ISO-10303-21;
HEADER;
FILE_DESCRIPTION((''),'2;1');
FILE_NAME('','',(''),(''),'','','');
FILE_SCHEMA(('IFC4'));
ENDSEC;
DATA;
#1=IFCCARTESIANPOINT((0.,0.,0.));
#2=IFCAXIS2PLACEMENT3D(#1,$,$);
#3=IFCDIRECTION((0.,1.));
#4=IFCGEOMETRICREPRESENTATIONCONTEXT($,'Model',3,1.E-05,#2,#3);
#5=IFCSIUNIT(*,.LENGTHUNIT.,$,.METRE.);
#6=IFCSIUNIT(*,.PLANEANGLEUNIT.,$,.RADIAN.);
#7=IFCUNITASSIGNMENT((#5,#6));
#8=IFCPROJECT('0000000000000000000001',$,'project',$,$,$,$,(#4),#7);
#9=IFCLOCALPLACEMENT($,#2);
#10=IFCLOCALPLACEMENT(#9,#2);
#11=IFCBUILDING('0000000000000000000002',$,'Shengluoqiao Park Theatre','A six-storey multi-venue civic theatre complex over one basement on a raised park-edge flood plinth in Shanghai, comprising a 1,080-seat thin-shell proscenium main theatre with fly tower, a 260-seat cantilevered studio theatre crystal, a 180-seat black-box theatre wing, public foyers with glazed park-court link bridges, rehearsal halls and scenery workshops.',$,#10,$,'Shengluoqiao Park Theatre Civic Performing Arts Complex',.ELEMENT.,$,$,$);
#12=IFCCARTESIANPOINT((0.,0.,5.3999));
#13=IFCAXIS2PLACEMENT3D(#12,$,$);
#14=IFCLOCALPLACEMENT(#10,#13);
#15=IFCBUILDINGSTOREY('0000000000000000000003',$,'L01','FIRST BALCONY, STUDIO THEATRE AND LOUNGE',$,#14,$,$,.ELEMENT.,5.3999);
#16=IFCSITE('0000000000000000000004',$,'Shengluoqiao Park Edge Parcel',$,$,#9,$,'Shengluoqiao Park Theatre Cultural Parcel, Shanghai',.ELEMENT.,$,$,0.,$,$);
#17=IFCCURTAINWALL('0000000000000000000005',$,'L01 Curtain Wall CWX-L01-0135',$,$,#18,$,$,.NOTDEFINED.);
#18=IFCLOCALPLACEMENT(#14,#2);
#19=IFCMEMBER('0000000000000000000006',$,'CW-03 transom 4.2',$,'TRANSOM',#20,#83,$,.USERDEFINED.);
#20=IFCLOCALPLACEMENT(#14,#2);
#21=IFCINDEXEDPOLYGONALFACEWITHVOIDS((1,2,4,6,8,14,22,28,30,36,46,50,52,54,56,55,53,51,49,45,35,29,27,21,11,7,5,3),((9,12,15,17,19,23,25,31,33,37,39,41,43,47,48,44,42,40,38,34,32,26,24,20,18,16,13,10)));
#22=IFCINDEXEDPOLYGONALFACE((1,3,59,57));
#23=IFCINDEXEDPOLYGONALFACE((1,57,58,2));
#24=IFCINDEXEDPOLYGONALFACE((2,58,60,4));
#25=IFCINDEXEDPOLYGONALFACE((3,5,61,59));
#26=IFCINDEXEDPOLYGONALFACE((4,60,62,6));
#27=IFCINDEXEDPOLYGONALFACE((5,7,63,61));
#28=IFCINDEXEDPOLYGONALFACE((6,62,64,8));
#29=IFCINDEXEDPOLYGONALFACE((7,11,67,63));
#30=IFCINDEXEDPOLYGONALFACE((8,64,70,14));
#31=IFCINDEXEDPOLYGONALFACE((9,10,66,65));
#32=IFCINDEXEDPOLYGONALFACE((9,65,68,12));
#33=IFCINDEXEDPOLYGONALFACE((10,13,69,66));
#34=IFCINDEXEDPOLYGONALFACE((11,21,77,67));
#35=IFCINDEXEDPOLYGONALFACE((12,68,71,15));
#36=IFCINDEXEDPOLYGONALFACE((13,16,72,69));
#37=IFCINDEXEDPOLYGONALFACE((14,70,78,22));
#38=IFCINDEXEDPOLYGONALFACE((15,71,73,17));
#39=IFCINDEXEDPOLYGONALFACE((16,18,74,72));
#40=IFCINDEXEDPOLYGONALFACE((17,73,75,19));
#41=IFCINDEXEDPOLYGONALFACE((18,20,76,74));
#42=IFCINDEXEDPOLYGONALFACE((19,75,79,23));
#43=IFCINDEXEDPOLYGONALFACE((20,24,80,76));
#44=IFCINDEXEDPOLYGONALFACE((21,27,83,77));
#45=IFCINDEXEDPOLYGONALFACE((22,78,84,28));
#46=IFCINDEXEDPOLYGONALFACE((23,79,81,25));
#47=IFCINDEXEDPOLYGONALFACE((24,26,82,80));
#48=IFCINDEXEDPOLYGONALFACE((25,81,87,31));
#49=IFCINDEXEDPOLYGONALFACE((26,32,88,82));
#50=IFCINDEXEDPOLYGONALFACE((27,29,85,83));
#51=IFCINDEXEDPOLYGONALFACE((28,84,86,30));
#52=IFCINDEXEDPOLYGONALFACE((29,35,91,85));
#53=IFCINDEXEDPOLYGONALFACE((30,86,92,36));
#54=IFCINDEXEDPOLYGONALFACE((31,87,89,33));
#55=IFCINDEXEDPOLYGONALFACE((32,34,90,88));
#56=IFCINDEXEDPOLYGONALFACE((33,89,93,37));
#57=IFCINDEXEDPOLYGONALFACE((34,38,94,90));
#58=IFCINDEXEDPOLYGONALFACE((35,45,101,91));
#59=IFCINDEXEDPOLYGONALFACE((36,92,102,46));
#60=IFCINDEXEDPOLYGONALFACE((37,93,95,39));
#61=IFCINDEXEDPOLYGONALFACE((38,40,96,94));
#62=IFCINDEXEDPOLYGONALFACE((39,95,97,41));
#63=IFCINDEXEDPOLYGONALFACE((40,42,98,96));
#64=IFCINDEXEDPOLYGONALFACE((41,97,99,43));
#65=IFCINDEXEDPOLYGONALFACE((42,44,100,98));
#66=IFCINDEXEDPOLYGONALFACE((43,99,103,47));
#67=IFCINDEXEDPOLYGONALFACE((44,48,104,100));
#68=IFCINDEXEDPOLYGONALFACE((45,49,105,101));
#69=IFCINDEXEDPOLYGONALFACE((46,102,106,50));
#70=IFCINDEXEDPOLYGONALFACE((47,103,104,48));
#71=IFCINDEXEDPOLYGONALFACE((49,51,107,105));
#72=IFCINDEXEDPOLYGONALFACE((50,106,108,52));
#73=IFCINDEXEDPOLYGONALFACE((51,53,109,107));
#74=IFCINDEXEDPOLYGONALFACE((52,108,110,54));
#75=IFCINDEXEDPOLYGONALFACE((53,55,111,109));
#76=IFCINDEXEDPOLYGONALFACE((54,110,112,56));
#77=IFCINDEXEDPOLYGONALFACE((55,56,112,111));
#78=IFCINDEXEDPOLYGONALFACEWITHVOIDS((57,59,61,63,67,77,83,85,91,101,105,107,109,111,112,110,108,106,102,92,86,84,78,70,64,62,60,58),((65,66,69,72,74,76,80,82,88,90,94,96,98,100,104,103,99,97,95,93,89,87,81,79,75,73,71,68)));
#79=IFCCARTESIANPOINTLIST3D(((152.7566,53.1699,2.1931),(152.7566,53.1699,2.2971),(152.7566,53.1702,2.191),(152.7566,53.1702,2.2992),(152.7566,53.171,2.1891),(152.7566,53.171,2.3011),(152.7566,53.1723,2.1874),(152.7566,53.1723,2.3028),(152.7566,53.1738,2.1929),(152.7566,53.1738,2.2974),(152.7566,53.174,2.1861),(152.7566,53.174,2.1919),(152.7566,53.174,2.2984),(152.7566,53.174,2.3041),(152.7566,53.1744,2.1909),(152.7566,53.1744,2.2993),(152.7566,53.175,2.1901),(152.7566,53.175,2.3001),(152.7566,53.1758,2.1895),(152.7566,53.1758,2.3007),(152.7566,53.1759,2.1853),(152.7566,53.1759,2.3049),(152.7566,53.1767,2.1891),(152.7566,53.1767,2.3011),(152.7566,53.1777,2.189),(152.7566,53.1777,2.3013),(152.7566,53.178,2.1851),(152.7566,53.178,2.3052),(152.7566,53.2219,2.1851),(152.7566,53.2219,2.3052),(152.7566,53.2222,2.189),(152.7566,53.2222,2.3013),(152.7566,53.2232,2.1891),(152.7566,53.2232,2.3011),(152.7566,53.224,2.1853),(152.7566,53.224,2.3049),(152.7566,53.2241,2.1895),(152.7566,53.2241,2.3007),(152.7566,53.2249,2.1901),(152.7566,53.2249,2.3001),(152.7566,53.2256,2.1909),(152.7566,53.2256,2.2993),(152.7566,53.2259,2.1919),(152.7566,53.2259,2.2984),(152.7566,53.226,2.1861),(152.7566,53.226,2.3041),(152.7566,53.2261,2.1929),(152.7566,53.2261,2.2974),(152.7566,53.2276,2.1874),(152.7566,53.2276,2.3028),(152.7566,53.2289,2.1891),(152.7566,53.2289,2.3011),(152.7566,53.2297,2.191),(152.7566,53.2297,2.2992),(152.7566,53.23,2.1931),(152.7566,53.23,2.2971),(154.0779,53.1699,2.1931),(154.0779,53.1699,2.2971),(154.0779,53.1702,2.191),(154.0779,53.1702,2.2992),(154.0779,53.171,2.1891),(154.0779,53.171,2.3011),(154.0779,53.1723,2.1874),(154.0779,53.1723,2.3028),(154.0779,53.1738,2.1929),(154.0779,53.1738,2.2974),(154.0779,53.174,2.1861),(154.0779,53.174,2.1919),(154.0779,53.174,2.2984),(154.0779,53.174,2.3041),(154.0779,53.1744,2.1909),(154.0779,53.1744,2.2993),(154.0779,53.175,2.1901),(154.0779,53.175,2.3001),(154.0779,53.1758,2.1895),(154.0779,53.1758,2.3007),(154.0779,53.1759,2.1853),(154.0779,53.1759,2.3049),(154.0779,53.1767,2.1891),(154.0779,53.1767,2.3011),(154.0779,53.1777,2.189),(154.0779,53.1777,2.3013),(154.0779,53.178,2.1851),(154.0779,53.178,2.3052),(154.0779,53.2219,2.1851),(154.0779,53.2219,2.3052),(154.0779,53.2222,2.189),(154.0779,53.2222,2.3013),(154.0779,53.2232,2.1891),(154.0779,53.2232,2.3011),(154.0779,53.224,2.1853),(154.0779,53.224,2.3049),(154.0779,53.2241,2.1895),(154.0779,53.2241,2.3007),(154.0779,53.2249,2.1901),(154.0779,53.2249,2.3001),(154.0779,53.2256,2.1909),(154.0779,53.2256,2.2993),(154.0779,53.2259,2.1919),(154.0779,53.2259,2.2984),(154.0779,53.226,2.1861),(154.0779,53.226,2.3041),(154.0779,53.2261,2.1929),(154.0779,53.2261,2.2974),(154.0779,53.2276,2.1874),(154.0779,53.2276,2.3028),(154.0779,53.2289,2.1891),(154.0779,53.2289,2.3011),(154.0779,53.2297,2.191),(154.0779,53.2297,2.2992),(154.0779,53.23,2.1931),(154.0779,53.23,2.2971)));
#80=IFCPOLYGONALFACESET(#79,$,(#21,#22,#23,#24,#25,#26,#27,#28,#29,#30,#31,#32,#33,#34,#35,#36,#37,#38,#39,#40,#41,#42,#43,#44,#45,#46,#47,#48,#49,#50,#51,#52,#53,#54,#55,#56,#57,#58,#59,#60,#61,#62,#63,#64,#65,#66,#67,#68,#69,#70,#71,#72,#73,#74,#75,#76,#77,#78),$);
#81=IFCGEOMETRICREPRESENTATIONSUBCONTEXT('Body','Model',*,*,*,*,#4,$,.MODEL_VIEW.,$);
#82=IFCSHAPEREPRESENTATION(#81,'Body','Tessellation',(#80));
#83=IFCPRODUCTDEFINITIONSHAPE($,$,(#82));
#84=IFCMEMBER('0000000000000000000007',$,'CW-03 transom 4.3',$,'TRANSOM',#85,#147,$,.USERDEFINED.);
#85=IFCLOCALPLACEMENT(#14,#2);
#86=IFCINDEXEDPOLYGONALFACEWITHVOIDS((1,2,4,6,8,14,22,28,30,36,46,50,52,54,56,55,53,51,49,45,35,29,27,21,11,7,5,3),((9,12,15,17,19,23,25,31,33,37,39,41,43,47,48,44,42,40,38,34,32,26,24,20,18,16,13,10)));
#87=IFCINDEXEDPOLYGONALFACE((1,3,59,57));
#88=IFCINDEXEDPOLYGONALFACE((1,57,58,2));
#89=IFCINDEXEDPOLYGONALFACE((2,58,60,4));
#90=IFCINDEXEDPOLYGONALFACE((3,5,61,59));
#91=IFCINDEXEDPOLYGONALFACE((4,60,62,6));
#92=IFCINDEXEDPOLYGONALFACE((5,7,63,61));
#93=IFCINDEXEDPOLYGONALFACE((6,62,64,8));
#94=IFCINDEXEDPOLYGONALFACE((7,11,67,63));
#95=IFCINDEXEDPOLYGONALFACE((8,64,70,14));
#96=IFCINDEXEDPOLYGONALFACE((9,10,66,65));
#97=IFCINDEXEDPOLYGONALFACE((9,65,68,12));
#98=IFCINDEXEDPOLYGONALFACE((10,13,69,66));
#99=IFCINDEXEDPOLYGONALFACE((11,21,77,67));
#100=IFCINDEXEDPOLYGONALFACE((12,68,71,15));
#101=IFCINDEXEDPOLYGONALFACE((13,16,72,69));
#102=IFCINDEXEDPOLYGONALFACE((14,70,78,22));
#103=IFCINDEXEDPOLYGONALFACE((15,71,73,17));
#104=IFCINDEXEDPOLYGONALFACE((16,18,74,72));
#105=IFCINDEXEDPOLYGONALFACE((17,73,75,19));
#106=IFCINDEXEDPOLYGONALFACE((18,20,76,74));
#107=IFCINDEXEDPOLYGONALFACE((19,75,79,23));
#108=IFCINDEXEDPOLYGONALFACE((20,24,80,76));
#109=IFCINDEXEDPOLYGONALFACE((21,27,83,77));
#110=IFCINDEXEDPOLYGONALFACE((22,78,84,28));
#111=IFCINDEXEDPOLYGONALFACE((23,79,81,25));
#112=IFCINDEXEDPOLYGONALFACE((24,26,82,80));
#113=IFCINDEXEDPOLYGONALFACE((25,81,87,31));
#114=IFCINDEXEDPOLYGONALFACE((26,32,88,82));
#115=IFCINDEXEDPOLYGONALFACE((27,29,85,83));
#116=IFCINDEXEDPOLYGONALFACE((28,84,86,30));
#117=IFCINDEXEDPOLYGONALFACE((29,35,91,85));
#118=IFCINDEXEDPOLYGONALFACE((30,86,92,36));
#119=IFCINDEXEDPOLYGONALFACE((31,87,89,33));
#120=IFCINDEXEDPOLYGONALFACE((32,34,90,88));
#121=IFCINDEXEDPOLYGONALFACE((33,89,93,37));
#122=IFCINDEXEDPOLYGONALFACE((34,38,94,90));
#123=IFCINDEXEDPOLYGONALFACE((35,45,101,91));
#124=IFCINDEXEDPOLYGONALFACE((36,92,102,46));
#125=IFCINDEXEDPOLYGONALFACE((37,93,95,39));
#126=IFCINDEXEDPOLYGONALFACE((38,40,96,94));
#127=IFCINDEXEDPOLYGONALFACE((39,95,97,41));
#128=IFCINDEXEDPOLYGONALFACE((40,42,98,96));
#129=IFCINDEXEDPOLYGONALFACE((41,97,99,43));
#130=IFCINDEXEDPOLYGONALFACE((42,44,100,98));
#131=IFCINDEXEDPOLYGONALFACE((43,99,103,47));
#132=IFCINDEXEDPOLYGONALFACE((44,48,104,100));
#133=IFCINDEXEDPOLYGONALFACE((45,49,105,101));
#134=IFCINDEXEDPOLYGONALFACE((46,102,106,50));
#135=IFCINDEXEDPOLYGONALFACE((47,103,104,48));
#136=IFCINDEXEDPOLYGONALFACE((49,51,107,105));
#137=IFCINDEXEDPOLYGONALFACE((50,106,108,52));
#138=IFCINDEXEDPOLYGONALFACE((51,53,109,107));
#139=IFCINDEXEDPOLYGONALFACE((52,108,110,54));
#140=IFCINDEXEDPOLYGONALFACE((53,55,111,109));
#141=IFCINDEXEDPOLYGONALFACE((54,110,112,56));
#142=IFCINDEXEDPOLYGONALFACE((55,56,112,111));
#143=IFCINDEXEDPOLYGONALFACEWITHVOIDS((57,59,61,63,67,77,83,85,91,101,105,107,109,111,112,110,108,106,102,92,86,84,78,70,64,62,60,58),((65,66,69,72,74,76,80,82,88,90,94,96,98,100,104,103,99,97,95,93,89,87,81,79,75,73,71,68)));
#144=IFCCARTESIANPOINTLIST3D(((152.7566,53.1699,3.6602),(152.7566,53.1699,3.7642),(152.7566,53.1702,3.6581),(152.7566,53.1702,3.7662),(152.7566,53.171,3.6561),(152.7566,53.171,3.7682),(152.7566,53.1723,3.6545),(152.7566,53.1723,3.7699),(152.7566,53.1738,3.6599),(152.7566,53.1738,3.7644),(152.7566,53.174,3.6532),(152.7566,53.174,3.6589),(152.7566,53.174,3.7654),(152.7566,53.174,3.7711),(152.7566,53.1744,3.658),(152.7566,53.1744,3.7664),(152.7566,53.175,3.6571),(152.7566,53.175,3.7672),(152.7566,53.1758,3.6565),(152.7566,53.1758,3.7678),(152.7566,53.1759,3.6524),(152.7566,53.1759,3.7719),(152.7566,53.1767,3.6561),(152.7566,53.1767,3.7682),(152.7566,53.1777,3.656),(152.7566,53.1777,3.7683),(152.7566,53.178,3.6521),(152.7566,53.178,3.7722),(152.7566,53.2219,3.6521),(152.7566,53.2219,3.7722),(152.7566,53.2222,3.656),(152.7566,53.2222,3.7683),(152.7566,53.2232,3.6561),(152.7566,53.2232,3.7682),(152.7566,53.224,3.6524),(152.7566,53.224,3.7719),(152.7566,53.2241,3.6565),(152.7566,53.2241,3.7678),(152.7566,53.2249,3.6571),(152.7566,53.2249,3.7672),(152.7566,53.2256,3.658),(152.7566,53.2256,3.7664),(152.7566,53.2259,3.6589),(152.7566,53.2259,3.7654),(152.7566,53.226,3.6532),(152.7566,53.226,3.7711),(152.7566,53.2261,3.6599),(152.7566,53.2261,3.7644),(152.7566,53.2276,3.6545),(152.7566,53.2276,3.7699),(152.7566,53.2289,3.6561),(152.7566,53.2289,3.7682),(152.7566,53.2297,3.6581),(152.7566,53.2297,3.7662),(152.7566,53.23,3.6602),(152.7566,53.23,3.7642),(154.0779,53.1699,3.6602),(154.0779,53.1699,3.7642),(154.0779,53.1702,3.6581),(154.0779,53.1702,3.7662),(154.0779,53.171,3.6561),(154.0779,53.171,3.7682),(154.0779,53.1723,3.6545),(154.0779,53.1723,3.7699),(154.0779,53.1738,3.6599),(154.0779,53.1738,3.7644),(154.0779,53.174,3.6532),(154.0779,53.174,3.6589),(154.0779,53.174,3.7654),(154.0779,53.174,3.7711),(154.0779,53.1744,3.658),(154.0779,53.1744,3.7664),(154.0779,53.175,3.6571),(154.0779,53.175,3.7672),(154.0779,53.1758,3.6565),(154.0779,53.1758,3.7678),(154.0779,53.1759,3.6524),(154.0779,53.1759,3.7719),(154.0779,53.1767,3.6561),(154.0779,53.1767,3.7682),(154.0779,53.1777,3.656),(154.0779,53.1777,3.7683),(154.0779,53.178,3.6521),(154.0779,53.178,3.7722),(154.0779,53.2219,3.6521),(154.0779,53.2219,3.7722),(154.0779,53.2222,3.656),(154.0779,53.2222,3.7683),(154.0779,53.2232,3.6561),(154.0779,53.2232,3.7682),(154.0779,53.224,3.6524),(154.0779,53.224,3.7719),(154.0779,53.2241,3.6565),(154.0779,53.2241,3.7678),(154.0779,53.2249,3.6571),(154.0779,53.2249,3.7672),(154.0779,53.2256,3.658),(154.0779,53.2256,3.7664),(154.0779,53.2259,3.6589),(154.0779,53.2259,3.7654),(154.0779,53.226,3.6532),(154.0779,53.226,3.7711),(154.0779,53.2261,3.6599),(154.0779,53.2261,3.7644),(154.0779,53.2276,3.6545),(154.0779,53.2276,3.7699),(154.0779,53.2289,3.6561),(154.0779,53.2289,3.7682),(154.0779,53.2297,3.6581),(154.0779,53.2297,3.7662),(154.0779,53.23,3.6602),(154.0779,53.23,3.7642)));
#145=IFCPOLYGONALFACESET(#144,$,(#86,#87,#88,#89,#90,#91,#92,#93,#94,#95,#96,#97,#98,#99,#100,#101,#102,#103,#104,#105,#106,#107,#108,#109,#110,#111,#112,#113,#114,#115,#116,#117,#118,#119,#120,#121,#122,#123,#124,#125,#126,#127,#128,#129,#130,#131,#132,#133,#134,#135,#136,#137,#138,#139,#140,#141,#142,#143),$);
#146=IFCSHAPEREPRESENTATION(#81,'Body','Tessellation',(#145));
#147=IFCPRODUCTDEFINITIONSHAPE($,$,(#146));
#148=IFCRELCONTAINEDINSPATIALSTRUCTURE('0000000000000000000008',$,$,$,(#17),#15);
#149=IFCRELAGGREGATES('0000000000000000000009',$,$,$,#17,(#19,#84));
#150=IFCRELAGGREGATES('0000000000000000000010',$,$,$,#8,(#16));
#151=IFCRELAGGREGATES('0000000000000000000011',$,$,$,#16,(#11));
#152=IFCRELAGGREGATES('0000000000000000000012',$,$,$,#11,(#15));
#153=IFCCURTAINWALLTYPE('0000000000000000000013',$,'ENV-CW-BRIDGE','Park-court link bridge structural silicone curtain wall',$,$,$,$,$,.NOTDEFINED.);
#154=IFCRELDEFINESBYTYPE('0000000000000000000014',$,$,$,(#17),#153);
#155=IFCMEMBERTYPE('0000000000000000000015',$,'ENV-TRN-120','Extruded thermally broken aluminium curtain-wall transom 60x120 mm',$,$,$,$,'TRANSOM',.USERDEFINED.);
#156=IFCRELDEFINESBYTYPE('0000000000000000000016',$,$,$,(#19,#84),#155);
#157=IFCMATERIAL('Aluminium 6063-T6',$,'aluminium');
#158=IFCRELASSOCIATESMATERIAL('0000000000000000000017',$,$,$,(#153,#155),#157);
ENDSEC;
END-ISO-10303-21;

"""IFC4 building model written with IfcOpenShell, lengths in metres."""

from ifc_helpers import new_model, si_unit, direction, frame, origin, origin_2d, place, context, subcontext, project, spatial, hollow_rectangle, extrude, material, material_profile, profile_set, type_object, element, aggregate, save


model = new_model("IFC4")

# Units and contexts
model_context = context("Model", 3, precision=1e-05, world=origin(), true_north=direction((0.0, 1.0)))
body_context = subcontext(model_context, "Body", "Model", "MODEL_VIEW")
ifc_project = project(units=[si_unit("LENGTHUNIT", "METRE"), si_unit("PLANEANGLEUNIT", "RADIAN")], contexts=[model_context])

# Site, building, storey
site_placement = place(None, origin())
site = spatial("IfcSite", under=ifc_project, at=site_placement, Name="Shengluoqiao Park Edge Parcel", LongName="Shengluoqiao Park Theatre Cultural Parcel, Shanghai", CompositionType="ELEMENT", RefElevation=0.0)
building_placement = place(site_placement, origin())
building = spatial("IfcBuilding", under=site, at=building_placement, Name="Shengluoqiao Park Theatre", Description="A six-storey multi-venue civic theatre complex over one basement on a raised park-edge flood plinth in Shanghai, comprising a 1,080-seat thin-shell proscenium main theatre with fly tower, a 260-seat cantilevered studio theatre crystal, a 180-seat black-box theatre wing, public foyers with glazed park-court link bridges, rehearsal halls and scenery workshops.", LongName="Shengluoqiao Park Theatre Civic Performing Arts Complex", CompositionType="ELEMENT")
storey_placement = place(building_placement, frame((0.0, 0.0, 5.3999)))
storey = spatial("IfcBuildingStorey", under=building, at=storey_placement, Name="L01", Description="FIRST BALCONY, STUDIO THEATRE AND LOUNGE", CompositionType="ELEMENT", Elevation=5.3999)

# Curtain wall, members
ifc_material_1 = material(Name="Aluminium 6063-T6", Category="aluminium")
curtain_wall_type = type_object("IfcCurtainWallType", Name="ENV-CW-BRIDGE", Description="Park-court link bridge structural silicone curtain wall", PredefinedType="NOTDEFINED", material=ifc_material_1)
curtain_wall_placement = place(storey_placement, origin())
curtain_wall = element("IfcCurtainWall", 1, at=curtain_wall_placement, inside=storey, type_object=curtain_wall_type, Name="L01 Curtain Wall CWX-L01-0135", PredefinedType="NOTDEFINED")
ifc_material_profile_1 = material_profile(ifc_material_1, hollow_rectangle(XDim=0.0601, YDim=0.1201, WallThickness=0.0039, InnerFilletRadius=0.0039, OuterFilletRadius=0.0081, at=origin_2d()), Name="ALU TRANSOM 120x60x4")
ifc_profile_set_1 = profile_set([ifc_material_profile_1], Name="Aluminium 6063-T6")
member_type_1 = type_object("IfcMemberType", Name="ENV-TRN-120", Description="Extruded thermally broken aluminium curtain-wall transom 60x120 mm", ElementType="TRANSOM", PredefinedType="USERDEFINED", material=ifc_profile_set_1)
member_1_placement = place(storey_placement, frame((152.7566, 53.2, 2.2451), z_axis=(1.0, 0.0, 0.0), x_axis=(0.0, 1.0, 0.0)))
member_1 = element("IfcMember", 2, at=member_1_placement, type_object=member_type_1, Name="CW-03 transom 4.2", ObjectType="TRANSOM", PredefinedType="USERDEFINED", context=body_context, shape_type="SweptSolid", body=[
    extrude(hollow_rectangle(XDim=0.0601, YDim=0.1201, WallThickness=0.0039, InnerFilletRadius=0.0039, OuterFilletRadius=0.0081, at=origin_2d()), origin(), (0.0, 0.0, 1.0), 1.3213),
])
member_2_placement = place(storey_placement, frame((152.7566, 53.2, 3.7122), z_axis=(1.0, 0.0, 0.0), x_axis=(0.0, 1.0, 0.0)))
member_2 = element("IfcMember", 3, at=member_2_placement, type_object=member_type_1, Name="CW-03 transom 4.3", ObjectType="TRANSOM", PredefinedType="USERDEFINED", context=body_context, shape_type="SweptSolid", body=[
    extrude(hollow_rectangle(XDim=0.0601, YDim=0.1201, WallThickness=0.0039, InnerFilletRadius=0.0039, OuterFilletRadius=0.0081, at=origin_2d()), origin(), (0.0, 0.0, 1.0), 1.3213),
])

aggregate(curtain_wall, [member_1, member_2])

save(model, "model.ifc")
